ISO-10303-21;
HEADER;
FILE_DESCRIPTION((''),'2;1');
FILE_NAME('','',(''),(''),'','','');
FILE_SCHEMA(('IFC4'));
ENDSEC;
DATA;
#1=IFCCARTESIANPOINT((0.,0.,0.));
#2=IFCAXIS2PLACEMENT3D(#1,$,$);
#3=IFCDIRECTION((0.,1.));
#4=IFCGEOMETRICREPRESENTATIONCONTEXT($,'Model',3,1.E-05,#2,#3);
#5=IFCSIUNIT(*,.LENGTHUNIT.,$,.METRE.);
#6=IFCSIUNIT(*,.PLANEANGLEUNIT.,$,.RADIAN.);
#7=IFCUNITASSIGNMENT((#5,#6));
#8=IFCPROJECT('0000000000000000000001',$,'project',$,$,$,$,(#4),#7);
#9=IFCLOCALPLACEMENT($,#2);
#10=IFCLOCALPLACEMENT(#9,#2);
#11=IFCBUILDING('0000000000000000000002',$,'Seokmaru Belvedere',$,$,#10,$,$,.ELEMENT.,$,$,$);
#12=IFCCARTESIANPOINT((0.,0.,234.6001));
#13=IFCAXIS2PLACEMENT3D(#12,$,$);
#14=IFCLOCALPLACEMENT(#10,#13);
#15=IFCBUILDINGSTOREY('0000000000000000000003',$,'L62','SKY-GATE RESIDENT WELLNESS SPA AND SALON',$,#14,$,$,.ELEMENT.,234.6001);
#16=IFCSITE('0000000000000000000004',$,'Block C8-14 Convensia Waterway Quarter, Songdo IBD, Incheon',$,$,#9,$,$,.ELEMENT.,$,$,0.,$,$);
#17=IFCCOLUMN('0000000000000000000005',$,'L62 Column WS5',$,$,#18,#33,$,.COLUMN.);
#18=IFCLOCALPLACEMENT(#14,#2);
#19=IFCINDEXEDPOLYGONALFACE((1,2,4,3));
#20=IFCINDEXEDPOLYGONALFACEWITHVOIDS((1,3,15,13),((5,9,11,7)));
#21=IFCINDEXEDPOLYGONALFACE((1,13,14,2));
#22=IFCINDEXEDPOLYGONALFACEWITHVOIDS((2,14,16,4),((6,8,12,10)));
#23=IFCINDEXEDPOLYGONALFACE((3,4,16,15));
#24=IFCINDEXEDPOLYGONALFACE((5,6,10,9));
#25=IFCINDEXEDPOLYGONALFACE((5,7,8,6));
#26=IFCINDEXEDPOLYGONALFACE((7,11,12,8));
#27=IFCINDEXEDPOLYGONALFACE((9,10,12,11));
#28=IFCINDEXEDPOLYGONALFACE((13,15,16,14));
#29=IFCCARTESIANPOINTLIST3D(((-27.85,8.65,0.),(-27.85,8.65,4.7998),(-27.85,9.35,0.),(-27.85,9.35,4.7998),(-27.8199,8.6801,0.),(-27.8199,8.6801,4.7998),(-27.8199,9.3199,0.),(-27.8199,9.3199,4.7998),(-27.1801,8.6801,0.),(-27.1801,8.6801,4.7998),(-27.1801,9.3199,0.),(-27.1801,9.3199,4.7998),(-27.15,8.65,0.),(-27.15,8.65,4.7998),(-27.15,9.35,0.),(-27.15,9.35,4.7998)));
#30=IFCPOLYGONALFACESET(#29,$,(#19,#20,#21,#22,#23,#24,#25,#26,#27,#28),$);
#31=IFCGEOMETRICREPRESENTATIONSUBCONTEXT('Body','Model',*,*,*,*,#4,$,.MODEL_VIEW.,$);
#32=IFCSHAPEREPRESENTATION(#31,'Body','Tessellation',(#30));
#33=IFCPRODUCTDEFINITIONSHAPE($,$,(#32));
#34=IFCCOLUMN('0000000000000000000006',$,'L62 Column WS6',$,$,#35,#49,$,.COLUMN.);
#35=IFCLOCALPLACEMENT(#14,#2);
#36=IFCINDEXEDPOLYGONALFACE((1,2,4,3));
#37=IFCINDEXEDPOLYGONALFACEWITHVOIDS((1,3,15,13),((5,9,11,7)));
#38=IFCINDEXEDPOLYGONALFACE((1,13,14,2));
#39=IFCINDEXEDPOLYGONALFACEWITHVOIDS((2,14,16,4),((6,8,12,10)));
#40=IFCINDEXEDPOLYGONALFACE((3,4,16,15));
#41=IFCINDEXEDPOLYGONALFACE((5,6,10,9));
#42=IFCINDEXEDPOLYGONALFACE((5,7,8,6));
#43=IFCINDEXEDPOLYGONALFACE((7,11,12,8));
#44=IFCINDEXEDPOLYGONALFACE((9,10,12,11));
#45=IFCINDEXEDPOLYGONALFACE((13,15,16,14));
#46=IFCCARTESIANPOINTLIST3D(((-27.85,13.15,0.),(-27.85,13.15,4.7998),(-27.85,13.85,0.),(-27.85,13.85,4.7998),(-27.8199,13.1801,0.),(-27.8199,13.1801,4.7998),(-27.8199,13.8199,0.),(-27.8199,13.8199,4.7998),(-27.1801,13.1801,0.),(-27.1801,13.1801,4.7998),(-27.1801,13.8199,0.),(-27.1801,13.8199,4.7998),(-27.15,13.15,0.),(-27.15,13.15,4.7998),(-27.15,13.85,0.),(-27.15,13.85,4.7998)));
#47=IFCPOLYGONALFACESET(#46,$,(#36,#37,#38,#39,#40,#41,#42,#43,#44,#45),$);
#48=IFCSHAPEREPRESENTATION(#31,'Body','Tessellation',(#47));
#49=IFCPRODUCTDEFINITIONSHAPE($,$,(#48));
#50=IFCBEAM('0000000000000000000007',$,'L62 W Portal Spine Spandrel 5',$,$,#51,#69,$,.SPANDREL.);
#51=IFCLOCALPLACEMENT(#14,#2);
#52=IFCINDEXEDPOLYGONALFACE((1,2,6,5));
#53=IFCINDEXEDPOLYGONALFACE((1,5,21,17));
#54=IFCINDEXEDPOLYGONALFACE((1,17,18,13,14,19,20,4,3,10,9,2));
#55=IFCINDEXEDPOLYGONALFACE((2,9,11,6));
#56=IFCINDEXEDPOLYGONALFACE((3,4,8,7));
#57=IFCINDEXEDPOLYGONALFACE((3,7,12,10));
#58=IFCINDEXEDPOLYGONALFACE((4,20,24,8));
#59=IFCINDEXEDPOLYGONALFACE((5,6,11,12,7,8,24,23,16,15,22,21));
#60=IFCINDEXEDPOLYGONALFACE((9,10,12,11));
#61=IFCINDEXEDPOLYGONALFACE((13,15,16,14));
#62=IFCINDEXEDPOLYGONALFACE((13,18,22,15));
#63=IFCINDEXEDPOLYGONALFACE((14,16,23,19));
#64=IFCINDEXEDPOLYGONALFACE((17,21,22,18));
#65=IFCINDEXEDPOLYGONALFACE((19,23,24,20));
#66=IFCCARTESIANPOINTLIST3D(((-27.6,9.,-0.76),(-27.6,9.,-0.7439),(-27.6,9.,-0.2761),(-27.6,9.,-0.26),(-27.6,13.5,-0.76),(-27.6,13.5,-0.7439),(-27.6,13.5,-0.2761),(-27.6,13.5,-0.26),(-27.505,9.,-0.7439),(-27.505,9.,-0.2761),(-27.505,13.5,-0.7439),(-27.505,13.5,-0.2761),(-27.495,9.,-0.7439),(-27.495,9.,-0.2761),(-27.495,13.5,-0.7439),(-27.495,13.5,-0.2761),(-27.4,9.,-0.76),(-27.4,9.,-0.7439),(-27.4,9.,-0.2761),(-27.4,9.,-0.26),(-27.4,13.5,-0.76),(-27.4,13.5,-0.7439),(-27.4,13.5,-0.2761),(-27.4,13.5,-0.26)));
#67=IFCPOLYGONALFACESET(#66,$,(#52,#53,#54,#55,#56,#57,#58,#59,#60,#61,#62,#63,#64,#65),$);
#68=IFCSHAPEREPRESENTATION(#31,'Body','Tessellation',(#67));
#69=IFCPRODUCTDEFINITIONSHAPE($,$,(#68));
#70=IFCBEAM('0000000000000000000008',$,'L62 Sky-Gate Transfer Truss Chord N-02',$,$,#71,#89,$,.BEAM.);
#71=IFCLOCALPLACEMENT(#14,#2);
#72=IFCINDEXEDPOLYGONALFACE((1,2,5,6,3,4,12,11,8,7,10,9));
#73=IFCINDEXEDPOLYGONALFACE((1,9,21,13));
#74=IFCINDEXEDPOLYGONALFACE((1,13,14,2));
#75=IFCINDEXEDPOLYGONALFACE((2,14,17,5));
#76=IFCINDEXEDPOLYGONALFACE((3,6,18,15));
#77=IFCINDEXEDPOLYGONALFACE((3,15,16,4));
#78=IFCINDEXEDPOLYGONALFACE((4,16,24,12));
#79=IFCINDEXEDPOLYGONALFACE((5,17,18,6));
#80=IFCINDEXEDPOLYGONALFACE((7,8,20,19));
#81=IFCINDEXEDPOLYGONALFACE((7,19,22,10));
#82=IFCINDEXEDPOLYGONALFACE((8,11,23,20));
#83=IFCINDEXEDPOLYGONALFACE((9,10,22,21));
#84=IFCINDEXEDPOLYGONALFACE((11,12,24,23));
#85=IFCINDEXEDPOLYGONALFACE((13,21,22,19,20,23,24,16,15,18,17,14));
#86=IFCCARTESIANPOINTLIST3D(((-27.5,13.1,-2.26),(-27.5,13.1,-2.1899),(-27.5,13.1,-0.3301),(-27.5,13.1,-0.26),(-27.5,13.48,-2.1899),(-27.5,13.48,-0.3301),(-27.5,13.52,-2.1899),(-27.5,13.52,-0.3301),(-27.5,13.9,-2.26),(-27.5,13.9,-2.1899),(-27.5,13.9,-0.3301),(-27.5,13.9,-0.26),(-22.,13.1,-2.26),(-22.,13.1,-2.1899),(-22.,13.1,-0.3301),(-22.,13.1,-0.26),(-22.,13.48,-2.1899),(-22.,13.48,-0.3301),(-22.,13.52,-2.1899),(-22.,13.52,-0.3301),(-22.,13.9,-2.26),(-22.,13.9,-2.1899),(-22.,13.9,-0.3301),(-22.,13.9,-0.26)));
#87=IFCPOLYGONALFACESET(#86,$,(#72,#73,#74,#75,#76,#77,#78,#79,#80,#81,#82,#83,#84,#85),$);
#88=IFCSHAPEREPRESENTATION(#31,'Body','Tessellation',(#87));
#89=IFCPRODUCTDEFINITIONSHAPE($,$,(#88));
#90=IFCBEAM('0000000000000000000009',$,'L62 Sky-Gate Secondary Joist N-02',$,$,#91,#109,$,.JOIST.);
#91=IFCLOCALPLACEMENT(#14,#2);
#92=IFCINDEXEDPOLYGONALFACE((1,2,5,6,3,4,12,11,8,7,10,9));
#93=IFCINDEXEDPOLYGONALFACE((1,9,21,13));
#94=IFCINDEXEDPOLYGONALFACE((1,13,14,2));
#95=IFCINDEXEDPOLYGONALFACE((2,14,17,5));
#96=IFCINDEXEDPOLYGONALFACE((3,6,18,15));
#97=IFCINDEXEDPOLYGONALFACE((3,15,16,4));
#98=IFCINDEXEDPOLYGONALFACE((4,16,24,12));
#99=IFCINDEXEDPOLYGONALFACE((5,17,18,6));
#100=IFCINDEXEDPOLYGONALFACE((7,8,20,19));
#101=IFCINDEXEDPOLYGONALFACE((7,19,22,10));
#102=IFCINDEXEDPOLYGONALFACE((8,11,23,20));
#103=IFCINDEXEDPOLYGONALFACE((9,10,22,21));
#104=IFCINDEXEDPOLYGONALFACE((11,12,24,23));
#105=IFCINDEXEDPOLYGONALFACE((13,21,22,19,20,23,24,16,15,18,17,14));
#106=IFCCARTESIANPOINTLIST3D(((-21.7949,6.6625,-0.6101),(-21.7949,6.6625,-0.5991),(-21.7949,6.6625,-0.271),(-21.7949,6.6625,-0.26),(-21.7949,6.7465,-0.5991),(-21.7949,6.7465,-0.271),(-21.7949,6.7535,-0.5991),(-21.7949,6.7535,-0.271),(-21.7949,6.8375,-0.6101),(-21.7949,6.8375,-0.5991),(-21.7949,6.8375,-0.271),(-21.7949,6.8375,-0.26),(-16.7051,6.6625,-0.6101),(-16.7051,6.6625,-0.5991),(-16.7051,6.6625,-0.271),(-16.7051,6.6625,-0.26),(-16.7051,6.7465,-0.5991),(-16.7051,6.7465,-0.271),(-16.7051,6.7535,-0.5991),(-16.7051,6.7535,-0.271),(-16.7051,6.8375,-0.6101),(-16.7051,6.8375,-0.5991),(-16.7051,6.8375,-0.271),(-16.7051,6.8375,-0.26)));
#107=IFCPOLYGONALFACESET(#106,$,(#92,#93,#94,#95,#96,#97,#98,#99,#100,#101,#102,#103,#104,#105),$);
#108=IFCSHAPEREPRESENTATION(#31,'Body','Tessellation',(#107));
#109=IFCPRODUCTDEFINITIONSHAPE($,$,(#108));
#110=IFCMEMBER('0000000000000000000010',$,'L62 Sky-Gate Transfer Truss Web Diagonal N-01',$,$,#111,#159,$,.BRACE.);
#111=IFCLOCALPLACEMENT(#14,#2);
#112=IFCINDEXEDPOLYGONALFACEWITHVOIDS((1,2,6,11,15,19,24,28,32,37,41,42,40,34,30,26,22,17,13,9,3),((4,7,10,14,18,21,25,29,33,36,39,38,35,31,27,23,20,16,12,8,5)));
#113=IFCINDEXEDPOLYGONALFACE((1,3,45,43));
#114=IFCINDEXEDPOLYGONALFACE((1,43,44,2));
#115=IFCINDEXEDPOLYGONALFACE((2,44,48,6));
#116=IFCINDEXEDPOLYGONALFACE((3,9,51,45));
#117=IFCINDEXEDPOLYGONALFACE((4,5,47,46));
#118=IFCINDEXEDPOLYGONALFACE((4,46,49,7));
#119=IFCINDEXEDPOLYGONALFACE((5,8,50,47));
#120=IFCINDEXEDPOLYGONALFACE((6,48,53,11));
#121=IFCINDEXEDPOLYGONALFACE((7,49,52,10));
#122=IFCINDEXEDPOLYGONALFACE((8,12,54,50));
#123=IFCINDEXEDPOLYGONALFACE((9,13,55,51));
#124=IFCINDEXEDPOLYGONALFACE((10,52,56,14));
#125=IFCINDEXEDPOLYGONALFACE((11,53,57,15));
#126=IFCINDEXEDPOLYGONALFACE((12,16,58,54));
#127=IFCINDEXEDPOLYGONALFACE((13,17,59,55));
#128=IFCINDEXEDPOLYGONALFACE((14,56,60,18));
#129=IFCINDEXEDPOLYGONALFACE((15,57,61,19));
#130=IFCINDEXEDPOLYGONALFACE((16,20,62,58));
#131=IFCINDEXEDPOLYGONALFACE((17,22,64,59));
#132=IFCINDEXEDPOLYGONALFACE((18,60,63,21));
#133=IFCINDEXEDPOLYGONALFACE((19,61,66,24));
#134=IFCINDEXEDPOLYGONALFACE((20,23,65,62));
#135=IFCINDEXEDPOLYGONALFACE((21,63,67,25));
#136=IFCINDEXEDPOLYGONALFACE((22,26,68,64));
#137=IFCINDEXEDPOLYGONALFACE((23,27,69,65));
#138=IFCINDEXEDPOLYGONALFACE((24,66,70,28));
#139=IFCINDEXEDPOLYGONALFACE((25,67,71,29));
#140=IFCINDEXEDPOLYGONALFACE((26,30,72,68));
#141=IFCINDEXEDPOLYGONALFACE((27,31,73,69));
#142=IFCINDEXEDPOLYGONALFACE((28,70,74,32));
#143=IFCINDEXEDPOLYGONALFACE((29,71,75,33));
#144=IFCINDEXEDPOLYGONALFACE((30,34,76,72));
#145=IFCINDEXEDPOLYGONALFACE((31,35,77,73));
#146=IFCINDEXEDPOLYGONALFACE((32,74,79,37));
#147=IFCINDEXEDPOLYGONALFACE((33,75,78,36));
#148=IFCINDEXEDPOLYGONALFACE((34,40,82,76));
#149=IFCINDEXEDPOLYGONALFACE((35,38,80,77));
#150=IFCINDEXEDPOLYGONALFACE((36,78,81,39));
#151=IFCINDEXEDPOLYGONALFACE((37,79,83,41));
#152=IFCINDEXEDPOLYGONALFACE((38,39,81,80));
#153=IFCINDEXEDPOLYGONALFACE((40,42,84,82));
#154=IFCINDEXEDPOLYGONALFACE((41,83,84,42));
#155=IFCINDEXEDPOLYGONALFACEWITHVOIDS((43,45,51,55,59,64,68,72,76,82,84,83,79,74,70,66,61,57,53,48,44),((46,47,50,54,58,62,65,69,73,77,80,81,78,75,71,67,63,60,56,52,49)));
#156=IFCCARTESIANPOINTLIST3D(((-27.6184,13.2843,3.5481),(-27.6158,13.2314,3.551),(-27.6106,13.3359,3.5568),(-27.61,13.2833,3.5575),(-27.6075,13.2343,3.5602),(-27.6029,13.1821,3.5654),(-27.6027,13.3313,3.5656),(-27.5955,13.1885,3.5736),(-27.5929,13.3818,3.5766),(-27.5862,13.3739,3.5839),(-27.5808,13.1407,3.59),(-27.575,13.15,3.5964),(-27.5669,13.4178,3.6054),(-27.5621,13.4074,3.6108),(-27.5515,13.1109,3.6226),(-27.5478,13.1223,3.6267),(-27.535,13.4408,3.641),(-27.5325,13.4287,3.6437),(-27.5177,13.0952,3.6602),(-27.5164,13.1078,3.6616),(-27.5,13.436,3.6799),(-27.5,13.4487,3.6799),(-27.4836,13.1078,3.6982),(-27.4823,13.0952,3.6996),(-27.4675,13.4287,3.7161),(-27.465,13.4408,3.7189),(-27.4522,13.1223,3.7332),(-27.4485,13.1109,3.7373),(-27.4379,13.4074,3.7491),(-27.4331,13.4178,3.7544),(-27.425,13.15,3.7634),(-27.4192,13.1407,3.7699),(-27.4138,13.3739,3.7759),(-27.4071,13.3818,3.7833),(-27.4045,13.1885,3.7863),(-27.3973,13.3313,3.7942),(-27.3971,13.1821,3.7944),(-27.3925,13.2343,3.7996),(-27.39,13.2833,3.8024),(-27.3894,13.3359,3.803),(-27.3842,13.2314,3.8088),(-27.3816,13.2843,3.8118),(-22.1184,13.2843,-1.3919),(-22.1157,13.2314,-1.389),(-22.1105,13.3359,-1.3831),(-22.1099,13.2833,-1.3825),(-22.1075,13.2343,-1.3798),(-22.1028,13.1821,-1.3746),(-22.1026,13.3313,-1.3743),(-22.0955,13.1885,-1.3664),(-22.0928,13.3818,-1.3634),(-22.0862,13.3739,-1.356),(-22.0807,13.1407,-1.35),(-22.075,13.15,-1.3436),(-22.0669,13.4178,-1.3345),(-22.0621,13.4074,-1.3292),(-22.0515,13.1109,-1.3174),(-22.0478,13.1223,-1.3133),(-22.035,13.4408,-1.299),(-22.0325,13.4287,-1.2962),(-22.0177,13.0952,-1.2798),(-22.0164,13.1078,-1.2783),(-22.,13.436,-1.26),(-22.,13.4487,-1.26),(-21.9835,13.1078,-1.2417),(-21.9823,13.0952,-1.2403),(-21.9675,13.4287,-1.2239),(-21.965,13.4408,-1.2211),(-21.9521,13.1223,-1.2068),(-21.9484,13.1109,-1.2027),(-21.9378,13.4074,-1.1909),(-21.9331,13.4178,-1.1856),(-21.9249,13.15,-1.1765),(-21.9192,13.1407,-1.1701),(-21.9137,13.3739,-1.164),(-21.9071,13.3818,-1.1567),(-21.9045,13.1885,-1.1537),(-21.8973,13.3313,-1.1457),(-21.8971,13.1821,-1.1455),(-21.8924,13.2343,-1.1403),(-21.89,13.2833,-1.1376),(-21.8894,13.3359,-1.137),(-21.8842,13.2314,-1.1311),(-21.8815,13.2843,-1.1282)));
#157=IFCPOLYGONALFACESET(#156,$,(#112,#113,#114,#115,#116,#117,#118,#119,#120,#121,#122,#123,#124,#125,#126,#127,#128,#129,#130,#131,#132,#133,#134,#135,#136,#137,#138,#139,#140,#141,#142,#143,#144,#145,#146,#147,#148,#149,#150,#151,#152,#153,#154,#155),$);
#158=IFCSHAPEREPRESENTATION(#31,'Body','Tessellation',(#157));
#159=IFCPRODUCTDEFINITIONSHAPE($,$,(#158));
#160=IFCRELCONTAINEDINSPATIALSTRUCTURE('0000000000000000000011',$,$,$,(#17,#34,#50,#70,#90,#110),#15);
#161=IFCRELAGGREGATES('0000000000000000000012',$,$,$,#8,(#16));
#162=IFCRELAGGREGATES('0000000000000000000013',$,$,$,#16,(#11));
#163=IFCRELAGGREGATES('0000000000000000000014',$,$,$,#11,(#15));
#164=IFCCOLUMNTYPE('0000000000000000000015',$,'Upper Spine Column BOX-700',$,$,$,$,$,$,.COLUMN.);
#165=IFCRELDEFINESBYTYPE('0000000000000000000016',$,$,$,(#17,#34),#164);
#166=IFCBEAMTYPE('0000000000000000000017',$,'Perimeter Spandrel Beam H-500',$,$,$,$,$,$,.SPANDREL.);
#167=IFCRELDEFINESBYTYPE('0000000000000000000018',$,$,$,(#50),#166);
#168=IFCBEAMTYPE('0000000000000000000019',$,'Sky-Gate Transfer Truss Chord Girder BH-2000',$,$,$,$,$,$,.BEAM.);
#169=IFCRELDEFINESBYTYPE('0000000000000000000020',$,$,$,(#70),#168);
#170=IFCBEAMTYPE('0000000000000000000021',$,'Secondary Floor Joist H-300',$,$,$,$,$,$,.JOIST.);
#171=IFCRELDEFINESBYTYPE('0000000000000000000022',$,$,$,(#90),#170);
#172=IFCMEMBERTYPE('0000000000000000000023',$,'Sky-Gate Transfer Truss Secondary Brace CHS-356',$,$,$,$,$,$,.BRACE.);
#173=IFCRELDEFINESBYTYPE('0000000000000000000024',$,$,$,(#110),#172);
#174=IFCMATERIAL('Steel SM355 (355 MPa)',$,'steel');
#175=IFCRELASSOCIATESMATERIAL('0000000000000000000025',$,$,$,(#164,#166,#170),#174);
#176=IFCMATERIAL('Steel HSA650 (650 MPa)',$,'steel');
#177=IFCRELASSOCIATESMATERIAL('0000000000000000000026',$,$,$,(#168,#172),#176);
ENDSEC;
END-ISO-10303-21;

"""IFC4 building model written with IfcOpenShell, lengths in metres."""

from ifc_helpers import new_model, si_unit, direction, frame, origin, origin_2d, place, context, subcontext, project, spatial, hollow_rectangle, hollow_circle, i_section, extrude, source, transform, mapped, material, material_profile, profile_set, type_object, type_shapes, element, save


model = new_model("IFC4")

# Units and contexts
model_context = context("Model", 3, precision=1e-05, world=origin(), true_north=direction((0.0, 1.0)))
body_context = subcontext(model_context, "Body", "Model", "MODEL_VIEW")
ifc_project = project(units=[si_unit("LENGTHUNIT", "METRE"), si_unit("PLANEANGLEUNIT", "RADIAN")], contexts=[model_context])

# Site, building, storey
site_placement = place(None, origin())
site = spatial("IfcSite", under=ifc_project, at=site_placement, Name="Block C8-14 Convensia Waterway Quarter, Songdo IBD, Incheon", CompositionType="ELEMENT", RefElevation=0.0)
building_placement = place(site_placement, origin())
building = spatial("IfcBuilding", under=site, at=building_placement, Name="Seokmaru Belvedere", CompositionType="ELEMENT")
storey_placement = place(building_placement, frame((0.0, 0.0, 234.6001)))
storey = spatial("IfcBuildingStorey", under=building, at=storey_placement, Name="L62", Description="SKY-GATE RESIDENT WELLNESS SPA AND SALON", CompositionType="ELEMENT", Elevation=234.6001)

# Columns
ifc_material_1 = material(Name="Steel SM355 (355 MPa)", Category="steel")
ifc_material_profile_1 = material_profile(ifc_material_1, hollow_rectangle(XDim=0.7, YDim=0.7, WallThickness=0.03, at=origin_2d()), Name="BOX-700x700x30")
ifc_profile_set_1 = profile_set([ifc_material_profile_1], Name="Steel SM355 (355 MPa)")
column_type = type_object("IfcColumnType", Name="Upper Spine Column BOX-700", PredefinedType="COLUMN", material=ifc_profile_set_1)
shared_shape_1 = source(origin(), body_context, "Body", "SweptSolid", [
    extrude(hollow_rectangle(XDim=0.7, YDim=0.7, WallThickness=0.03, at=origin_2d()), origin(), (0.0, 0.0, 1.0), 4.7998),
])
type_shapes(column_type, [shared_shape_1])
for number, where, z_axis, x_axis, name in (
    (1, (-27.5, 9.0, 0.0), (0.0, 0.0, 1.0), (1.0, 0.0, 0.0), "L62 Column WS5"),
    (2, (-27.5, 13.5, 0.0), (0.0, 0.0, 1.0), (1.0, 0.0, 0.0), "L62 Column WS6"),
):
    element("IfcColumn", number, at=place(storey_placement, frame(where, z_axis=z_axis, x_axis=x_axis)), inside=storey, type_object=column_type, Name=name, PredefinedType="COLUMN", context=body_context, shape_type="MappedRepresentation", body=[
        mapped(shared_shape_1, transform((0.0, 0.0, 0.0), scale=1.0)),
    ])

# Beams
ifc_material_profile_2 = material_profile(ifc_material_1, i_section(OverallWidth=0.2, OverallDepth=0.5, WebThickness=0.01, FlangeThickness=0.0161, at=origin_2d()), Name="H-500x200x10x16")
ifc_profile_set_2 = profile_set([ifc_material_profile_2], Name="Steel SM355 (355 MPa)")
beam_type_1 = type_object("IfcBeamType", Name="Perimeter Spandrel Beam H-500", PredefinedType="SPANDREL", material=ifc_profile_set_2)
shared_shape_2 = source(origin(), body_context, "Body", "SweptSolid", [
    extrude(i_section(OverallWidth=0.2, OverallDepth=0.5, WebThickness=0.01, FlangeThickness=0.0161, at=origin_2d()), origin(), (0.0, 0.0, 1.0), 4.5),
])
type_shapes(beam_type_1, [shared_shape_2])
beam_1_placement = place(storey_placement, frame((-27.5, 9.0, -0.51), z_axis=(0.0, 1.0, 0.0), x_axis=(-1.0, 0.0, 0.0)))
element("IfcBeam", 3, at=beam_1_placement, inside=storey, type_object=beam_type_1, Name="L62 W Portal Spine Spandrel 5", PredefinedType="SPANDREL", context=body_context, shape_type="MappedRepresentation", body=[
    mapped(shared_shape_2, transform((0.0, 0.0, 0.0), scale=1.0)),
])
ifc_material_2 = material(Name="Steel HSA650 (650 MPa)", Category="steel")
ifc_material_profile_3 = material_profile(ifc_material_2, i_section(OverallWidth=0.8, OverallDepth=2.0, WebThickness=0.04, FlangeThickness=0.0701, at=origin_2d()), Name="BH-2000x800x40x70")
ifc_profile_set_3 = profile_set([ifc_material_profile_3], Name="Steel HSA650 (650 MPa)")
beam_type_2 = type_object("IfcBeamType", Name="Sky-Gate Transfer Truss Chord Girder BH-2000", PredefinedType="BEAM", material=ifc_profile_set_3)
shared_shape_3 = source(origin(), body_context, "Body", "SweptSolid", [
    extrude(i_section(OverallWidth=0.8, OverallDepth=2.0, WebThickness=0.04, FlangeThickness=0.0701, at=origin_2d()), origin(), (0.0, 0.0, 1.0), 5.5),
])
type_shapes(beam_type_2, [shared_shape_3])
beam_2_placement = place(storey_placement, frame((-27.5, 13.5, -1.26), z_axis=(1.0, 0.0, 0.0), x_axis=(0.0, 1.0, 0.0)))
element("IfcBeam", 4, at=beam_2_placement, inside=storey, type_object=beam_type_2, Name="L62 Sky-Gate Transfer Truss Chord N-02", PredefinedType="BEAM", context=body_context, shape_type="MappedRepresentation", body=[
    mapped(shared_shape_3, transform((0.0, 0.0, 0.0), scale=1.0)),
])
ifc_material_profile_4 = material_profile(ifc_material_1, i_section(OverallWidth=0.175, OverallDepth=0.3501, WebThickness=0.0071, FlangeThickness=0.011, at=origin_2d()), Name="H-350x175x7x11")
ifc_profile_set_4 = profile_set([ifc_material_profile_4], Name="Steel SM355 (355 MPa)")
beam_type_3 = type_object("IfcBeamType", Name="Secondary Floor Joist H-300", PredefinedType="JOIST", material=ifc_profile_set_4)
shared_shape_4 = source(origin(), body_context, "Body", "SweptSolid", [
    extrude(i_section(OverallWidth=0.175, OverallDepth=0.3501, WebThickness=0.0071, FlangeThickness=0.011, at=origin_2d()), origin(), (0.0, 0.0, 1.0), 5.0898),
])
type_shapes(beam_type_3, [shared_shape_4])
beam_3_placement = place(storey_placement, frame((-21.7949, 6.75, -0.4351), z_axis=(1.0, 0.0, 0.0), x_axis=(0.0, 1.0, 0.0)))
element("IfcBeam", 5, at=beam_3_placement, inside=storey, type_object=beam_type_3, Name="L62 Sky-Gate Secondary Joist N-02", PredefinedType="JOIST", context=body_context, shape_type="MappedRepresentation", body=[
    mapped(shared_shape_4, transform((0.0, 0.0, 0.0), scale=1.0)),
])

# Member
ifc_material_profile_5 = material_profile(ifc_material_2, hollow_circle(Radius=0.1777, WallThickness=0.0127, at=origin_2d()), Name="CHS-355.6x12.7")
ifc_profile_set_5 = profile_set([ifc_material_profile_5], Name="Steel HSA650 (650 MPa)")
member_type = type_object("IfcMemberType", Name="Sky-Gate Transfer Truss Secondary Brace CHS-356", PredefinedType="BRACE", material=ifc_profile_set_5)
shared_shape_5 = source(origin(), body_context, "Body", "SweptSolid", [
    extrude(hollow_circle(Radius=0.1777, WallThickness=0.0127, at=origin_2d()), origin(), (0.0, 0.0, 1.0), 7.3928),
])
type_shapes(member_type, [shared_shape_5])
for number, where, z_axis, x_axis, name in (
    (6, (-27.5, 13.271, 3.6799), (0.74397, 0.0, -0.668213), (0.0, 1.0, 0.0), "L62 Sky-Gate Transfer Truss Web Diagonal N-01"),
):
    element("IfcMember", number, at=place(storey_placement, frame(where, z_axis=z_axis, x_axis=x_axis)), inside=storey, type_object=member_type, Name=name, PredefinedType="BRACE", context=body_context, shape_type="MappedRepresentation", body=[
        mapped(shared_shape_5, transform((0.0, 0.0, 0.0), scale=1.0)),
    ])

save(model, "model.ifc")
